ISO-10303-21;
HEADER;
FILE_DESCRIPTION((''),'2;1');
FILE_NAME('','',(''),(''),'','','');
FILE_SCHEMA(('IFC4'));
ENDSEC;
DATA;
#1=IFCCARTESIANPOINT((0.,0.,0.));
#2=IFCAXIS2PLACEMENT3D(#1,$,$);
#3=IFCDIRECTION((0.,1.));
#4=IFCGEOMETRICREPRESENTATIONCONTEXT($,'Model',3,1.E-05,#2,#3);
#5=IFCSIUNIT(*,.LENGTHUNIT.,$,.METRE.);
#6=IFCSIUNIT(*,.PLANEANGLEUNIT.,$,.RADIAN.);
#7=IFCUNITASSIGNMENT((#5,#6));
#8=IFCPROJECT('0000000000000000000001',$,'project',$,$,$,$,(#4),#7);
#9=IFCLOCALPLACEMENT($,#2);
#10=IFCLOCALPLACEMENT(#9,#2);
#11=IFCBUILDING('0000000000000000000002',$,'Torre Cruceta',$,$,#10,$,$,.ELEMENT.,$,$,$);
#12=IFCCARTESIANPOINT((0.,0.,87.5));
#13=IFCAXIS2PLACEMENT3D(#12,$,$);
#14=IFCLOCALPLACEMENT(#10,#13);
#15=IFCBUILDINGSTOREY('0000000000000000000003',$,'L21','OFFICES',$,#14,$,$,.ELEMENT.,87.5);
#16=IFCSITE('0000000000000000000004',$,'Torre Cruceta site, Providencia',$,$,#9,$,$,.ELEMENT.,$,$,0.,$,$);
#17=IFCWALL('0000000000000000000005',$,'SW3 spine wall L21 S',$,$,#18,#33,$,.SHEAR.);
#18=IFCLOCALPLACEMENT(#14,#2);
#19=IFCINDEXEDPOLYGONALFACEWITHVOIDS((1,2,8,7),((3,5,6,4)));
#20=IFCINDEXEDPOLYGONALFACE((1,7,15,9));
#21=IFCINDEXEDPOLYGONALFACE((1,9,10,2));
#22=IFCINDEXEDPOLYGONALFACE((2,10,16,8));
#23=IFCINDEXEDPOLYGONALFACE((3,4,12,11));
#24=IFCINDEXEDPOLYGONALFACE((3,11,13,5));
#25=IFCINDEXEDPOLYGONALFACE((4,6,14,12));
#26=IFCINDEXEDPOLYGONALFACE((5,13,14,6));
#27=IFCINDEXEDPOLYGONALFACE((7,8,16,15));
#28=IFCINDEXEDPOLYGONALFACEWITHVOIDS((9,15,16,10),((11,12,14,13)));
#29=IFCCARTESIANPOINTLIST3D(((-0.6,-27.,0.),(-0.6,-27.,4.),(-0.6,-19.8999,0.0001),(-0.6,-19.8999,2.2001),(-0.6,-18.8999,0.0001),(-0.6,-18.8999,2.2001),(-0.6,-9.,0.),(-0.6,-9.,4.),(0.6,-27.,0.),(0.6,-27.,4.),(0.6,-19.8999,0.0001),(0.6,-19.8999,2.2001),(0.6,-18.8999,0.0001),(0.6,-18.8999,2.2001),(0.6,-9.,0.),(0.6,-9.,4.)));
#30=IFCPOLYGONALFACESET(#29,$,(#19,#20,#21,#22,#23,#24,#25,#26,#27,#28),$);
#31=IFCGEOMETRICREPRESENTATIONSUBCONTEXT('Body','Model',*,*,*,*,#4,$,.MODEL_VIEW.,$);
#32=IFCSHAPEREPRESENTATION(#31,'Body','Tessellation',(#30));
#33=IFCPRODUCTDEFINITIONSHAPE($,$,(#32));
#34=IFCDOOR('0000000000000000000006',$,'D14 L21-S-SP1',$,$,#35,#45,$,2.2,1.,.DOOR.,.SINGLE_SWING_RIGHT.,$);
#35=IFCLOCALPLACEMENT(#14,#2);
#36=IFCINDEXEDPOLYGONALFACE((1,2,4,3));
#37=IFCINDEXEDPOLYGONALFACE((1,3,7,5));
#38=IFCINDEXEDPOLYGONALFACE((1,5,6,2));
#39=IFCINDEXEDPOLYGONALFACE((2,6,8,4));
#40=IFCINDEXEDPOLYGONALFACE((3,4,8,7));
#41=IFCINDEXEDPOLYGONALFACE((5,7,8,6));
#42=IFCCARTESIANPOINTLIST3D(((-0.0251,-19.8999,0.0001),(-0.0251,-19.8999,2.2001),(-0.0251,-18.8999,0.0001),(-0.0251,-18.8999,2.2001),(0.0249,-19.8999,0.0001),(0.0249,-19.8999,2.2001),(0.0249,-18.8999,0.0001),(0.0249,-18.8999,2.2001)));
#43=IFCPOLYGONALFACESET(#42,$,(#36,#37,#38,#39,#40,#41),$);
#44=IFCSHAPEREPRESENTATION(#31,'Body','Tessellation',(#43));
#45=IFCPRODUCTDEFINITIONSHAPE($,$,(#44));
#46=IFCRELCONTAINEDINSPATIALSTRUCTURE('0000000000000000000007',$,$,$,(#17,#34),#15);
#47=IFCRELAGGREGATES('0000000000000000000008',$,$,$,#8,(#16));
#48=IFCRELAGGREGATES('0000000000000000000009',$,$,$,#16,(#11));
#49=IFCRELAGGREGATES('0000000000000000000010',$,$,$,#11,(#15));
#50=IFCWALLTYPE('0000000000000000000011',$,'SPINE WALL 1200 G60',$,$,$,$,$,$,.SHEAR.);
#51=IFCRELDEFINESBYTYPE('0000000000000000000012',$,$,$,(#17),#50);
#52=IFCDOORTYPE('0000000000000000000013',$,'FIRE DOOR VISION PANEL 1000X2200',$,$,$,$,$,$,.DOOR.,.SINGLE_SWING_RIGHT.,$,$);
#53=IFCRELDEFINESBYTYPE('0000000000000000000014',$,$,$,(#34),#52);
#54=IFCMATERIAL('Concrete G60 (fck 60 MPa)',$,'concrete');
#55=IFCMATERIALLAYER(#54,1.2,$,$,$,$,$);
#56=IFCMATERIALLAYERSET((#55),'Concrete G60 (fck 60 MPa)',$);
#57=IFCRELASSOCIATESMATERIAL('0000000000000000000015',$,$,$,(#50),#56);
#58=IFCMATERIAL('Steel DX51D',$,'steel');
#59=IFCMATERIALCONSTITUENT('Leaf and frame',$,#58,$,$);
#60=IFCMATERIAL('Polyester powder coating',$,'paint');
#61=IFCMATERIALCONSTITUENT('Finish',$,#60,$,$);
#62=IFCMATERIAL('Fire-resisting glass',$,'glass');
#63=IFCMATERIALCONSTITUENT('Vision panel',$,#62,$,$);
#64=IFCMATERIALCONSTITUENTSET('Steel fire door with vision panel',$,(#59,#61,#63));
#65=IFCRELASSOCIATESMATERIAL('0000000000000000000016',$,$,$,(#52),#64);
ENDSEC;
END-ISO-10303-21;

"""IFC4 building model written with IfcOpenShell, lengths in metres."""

from ifc_helpers import new_model, si_unit, direction, frame, frame_2d, origin, place, context, subcontext, project, spatial, rectangle, extrude, material, layer, layer_set, constituent, constituent_set, type_object, element, fill, save


model = new_model("IFC4")

# Units and contexts
model_context = context("Model", 3, precision=1e-05, world=origin(), true_north=direction((0.0, 1.0)))
body_context = subcontext(model_context, "Body", "Model", "MODEL_VIEW")
ifc_project = project(units=[si_unit("LENGTHUNIT", "METRE"), si_unit("PLANEANGLEUNIT", "RADIAN")], contexts=[model_context])

# Site, building, storey
site_placement = place(None, origin())
site = spatial("IfcSite", under=ifc_project, at=site_placement, Name="Torre Cruceta site, Providencia", CompositionType="ELEMENT", RefElevation=0.0)
building_placement = place(site_placement, origin())
building = spatial("IfcBuilding", under=site, at=building_placement, Name="Torre Cruceta", CompositionType="ELEMENT")
storey_placement = place(building_placement, frame((0.0, 0.0, 87.5)))
storey = spatial("IfcBuildingStorey", under=building, at=storey_placement, Name="L21", Description="OFFICES", CompositionType="ELEMENT", Elevation=87.5)

# Wall, opening, door
ifc_material_1 = material(Name="Concrete G60 (fck 60 MPa)", Category="concrete")
ifc_layer_1 = layer(ifc_material_1, 1.2)
ifc_layer_set_1 = layer_set([ifc_layer_1], Name="Concrete G60 (fck 60 MPa)")
wall_type_1 = type_object("IfcWallType", Name="SPINE WALL 1200 G60", PredefinedType="SHEAR", material=ifc_layer_set_1)
wall_1_placement = place(storey_placement, frame((0.0, -9.0, 0.0), z_axis=(0.0, 0.0, 1.0), x_axis=(0.0, -1.0, 0.0)))
wall_1 = element("IfcWall", 1, at=wall_1_placement, inside=storey, type_object=wall_type_1, Name="SW3 spine wall L21 S", PredefinedType="SHEAR", context=body_context, shape_type="SweptSolid", body=[
    extrude(rectangle(XDim=18.0, YDim=1.2, at=frame_2d((9.0, 0.0))), origin(), (0.0, 0.0, 1.0), 4.0),
])
opening_1_placement = place(wall_1_placement, frame((9.8999, 0.0, 0.0)))
opening_1 = element("IfcOpeningElement", 2, at=opening_1_placement, cuts=wall_1, PredefinedType="OPENING", context=body_context, shape_type="SweptSolid", body=[
    extrude(rectangle(XDim=1.0, YDim=2.2, at=frame_2d((0.5, 1.1001))), frame((0.0, 0.6099, 0.0), z_axis=(0.0, -1.0, 0.0), x_axis=(1.0, 0.0, 0.0)), (0.0, 0.0, 1.0), 1.22),
])
ifc_material_2 = material(Name="Steel DX51D", Category="steel")
ifc_constituent_1 = constituent(ifc_material_2, Name="Leaf and frame")
ifc_material_3 = material(Name="Polyester powder coating", Category="paint")
ifc_constituent_2 = constituent(ifc_material_3, Name="Finish")
ifc_material_4 = material(Name="Fire-resisting glass", Category="glass")
ifc_constituent_3 = constituent(ifc_material_4, Name="Vision panel")
ifc_constituent_set_1 = constituent_set(constituents=[ifc_constituent_1, ifc_constituent_2, ifc_constituent_3], Name="Steel fire door with vision panel")
door_type_1 = type_object("IfcDoorType", Name="FIRE DOOR VISION PANEL 1000X2200", OperationType="SINGLE_SWING_RIGHT", PredefinedType="DOOR", material=ifc_constituent_set_1)
door_1_placement = place(opening_1_placement, origin())
door_1 = element("IfcDoor", 3, at=door_1_placement, inside=storey, type_object=door_type_1, Name="D14 L21-S-SP1", OperationType="SINGLE_SWING_RIGHT", OverallHeight=2.2, OverallWidth=1.0, PredefinedType="DOOR", context=body_context, shape_type="SweptSolid", body=[
    extrude(rectangle(XDim=1.0, YDim=2.2, at=frame_2d((0.5, 1.1001))), frame((0.0, 0.0249, 0.0), z_axis=(0.0, -1.0, 0.0), x_axis=(1.0, 0.0, 0.0)), (0.0, 0.0, 1.0), 0.05),
])
fill(opening_1, door_1)

save(model, "model.ifc")
